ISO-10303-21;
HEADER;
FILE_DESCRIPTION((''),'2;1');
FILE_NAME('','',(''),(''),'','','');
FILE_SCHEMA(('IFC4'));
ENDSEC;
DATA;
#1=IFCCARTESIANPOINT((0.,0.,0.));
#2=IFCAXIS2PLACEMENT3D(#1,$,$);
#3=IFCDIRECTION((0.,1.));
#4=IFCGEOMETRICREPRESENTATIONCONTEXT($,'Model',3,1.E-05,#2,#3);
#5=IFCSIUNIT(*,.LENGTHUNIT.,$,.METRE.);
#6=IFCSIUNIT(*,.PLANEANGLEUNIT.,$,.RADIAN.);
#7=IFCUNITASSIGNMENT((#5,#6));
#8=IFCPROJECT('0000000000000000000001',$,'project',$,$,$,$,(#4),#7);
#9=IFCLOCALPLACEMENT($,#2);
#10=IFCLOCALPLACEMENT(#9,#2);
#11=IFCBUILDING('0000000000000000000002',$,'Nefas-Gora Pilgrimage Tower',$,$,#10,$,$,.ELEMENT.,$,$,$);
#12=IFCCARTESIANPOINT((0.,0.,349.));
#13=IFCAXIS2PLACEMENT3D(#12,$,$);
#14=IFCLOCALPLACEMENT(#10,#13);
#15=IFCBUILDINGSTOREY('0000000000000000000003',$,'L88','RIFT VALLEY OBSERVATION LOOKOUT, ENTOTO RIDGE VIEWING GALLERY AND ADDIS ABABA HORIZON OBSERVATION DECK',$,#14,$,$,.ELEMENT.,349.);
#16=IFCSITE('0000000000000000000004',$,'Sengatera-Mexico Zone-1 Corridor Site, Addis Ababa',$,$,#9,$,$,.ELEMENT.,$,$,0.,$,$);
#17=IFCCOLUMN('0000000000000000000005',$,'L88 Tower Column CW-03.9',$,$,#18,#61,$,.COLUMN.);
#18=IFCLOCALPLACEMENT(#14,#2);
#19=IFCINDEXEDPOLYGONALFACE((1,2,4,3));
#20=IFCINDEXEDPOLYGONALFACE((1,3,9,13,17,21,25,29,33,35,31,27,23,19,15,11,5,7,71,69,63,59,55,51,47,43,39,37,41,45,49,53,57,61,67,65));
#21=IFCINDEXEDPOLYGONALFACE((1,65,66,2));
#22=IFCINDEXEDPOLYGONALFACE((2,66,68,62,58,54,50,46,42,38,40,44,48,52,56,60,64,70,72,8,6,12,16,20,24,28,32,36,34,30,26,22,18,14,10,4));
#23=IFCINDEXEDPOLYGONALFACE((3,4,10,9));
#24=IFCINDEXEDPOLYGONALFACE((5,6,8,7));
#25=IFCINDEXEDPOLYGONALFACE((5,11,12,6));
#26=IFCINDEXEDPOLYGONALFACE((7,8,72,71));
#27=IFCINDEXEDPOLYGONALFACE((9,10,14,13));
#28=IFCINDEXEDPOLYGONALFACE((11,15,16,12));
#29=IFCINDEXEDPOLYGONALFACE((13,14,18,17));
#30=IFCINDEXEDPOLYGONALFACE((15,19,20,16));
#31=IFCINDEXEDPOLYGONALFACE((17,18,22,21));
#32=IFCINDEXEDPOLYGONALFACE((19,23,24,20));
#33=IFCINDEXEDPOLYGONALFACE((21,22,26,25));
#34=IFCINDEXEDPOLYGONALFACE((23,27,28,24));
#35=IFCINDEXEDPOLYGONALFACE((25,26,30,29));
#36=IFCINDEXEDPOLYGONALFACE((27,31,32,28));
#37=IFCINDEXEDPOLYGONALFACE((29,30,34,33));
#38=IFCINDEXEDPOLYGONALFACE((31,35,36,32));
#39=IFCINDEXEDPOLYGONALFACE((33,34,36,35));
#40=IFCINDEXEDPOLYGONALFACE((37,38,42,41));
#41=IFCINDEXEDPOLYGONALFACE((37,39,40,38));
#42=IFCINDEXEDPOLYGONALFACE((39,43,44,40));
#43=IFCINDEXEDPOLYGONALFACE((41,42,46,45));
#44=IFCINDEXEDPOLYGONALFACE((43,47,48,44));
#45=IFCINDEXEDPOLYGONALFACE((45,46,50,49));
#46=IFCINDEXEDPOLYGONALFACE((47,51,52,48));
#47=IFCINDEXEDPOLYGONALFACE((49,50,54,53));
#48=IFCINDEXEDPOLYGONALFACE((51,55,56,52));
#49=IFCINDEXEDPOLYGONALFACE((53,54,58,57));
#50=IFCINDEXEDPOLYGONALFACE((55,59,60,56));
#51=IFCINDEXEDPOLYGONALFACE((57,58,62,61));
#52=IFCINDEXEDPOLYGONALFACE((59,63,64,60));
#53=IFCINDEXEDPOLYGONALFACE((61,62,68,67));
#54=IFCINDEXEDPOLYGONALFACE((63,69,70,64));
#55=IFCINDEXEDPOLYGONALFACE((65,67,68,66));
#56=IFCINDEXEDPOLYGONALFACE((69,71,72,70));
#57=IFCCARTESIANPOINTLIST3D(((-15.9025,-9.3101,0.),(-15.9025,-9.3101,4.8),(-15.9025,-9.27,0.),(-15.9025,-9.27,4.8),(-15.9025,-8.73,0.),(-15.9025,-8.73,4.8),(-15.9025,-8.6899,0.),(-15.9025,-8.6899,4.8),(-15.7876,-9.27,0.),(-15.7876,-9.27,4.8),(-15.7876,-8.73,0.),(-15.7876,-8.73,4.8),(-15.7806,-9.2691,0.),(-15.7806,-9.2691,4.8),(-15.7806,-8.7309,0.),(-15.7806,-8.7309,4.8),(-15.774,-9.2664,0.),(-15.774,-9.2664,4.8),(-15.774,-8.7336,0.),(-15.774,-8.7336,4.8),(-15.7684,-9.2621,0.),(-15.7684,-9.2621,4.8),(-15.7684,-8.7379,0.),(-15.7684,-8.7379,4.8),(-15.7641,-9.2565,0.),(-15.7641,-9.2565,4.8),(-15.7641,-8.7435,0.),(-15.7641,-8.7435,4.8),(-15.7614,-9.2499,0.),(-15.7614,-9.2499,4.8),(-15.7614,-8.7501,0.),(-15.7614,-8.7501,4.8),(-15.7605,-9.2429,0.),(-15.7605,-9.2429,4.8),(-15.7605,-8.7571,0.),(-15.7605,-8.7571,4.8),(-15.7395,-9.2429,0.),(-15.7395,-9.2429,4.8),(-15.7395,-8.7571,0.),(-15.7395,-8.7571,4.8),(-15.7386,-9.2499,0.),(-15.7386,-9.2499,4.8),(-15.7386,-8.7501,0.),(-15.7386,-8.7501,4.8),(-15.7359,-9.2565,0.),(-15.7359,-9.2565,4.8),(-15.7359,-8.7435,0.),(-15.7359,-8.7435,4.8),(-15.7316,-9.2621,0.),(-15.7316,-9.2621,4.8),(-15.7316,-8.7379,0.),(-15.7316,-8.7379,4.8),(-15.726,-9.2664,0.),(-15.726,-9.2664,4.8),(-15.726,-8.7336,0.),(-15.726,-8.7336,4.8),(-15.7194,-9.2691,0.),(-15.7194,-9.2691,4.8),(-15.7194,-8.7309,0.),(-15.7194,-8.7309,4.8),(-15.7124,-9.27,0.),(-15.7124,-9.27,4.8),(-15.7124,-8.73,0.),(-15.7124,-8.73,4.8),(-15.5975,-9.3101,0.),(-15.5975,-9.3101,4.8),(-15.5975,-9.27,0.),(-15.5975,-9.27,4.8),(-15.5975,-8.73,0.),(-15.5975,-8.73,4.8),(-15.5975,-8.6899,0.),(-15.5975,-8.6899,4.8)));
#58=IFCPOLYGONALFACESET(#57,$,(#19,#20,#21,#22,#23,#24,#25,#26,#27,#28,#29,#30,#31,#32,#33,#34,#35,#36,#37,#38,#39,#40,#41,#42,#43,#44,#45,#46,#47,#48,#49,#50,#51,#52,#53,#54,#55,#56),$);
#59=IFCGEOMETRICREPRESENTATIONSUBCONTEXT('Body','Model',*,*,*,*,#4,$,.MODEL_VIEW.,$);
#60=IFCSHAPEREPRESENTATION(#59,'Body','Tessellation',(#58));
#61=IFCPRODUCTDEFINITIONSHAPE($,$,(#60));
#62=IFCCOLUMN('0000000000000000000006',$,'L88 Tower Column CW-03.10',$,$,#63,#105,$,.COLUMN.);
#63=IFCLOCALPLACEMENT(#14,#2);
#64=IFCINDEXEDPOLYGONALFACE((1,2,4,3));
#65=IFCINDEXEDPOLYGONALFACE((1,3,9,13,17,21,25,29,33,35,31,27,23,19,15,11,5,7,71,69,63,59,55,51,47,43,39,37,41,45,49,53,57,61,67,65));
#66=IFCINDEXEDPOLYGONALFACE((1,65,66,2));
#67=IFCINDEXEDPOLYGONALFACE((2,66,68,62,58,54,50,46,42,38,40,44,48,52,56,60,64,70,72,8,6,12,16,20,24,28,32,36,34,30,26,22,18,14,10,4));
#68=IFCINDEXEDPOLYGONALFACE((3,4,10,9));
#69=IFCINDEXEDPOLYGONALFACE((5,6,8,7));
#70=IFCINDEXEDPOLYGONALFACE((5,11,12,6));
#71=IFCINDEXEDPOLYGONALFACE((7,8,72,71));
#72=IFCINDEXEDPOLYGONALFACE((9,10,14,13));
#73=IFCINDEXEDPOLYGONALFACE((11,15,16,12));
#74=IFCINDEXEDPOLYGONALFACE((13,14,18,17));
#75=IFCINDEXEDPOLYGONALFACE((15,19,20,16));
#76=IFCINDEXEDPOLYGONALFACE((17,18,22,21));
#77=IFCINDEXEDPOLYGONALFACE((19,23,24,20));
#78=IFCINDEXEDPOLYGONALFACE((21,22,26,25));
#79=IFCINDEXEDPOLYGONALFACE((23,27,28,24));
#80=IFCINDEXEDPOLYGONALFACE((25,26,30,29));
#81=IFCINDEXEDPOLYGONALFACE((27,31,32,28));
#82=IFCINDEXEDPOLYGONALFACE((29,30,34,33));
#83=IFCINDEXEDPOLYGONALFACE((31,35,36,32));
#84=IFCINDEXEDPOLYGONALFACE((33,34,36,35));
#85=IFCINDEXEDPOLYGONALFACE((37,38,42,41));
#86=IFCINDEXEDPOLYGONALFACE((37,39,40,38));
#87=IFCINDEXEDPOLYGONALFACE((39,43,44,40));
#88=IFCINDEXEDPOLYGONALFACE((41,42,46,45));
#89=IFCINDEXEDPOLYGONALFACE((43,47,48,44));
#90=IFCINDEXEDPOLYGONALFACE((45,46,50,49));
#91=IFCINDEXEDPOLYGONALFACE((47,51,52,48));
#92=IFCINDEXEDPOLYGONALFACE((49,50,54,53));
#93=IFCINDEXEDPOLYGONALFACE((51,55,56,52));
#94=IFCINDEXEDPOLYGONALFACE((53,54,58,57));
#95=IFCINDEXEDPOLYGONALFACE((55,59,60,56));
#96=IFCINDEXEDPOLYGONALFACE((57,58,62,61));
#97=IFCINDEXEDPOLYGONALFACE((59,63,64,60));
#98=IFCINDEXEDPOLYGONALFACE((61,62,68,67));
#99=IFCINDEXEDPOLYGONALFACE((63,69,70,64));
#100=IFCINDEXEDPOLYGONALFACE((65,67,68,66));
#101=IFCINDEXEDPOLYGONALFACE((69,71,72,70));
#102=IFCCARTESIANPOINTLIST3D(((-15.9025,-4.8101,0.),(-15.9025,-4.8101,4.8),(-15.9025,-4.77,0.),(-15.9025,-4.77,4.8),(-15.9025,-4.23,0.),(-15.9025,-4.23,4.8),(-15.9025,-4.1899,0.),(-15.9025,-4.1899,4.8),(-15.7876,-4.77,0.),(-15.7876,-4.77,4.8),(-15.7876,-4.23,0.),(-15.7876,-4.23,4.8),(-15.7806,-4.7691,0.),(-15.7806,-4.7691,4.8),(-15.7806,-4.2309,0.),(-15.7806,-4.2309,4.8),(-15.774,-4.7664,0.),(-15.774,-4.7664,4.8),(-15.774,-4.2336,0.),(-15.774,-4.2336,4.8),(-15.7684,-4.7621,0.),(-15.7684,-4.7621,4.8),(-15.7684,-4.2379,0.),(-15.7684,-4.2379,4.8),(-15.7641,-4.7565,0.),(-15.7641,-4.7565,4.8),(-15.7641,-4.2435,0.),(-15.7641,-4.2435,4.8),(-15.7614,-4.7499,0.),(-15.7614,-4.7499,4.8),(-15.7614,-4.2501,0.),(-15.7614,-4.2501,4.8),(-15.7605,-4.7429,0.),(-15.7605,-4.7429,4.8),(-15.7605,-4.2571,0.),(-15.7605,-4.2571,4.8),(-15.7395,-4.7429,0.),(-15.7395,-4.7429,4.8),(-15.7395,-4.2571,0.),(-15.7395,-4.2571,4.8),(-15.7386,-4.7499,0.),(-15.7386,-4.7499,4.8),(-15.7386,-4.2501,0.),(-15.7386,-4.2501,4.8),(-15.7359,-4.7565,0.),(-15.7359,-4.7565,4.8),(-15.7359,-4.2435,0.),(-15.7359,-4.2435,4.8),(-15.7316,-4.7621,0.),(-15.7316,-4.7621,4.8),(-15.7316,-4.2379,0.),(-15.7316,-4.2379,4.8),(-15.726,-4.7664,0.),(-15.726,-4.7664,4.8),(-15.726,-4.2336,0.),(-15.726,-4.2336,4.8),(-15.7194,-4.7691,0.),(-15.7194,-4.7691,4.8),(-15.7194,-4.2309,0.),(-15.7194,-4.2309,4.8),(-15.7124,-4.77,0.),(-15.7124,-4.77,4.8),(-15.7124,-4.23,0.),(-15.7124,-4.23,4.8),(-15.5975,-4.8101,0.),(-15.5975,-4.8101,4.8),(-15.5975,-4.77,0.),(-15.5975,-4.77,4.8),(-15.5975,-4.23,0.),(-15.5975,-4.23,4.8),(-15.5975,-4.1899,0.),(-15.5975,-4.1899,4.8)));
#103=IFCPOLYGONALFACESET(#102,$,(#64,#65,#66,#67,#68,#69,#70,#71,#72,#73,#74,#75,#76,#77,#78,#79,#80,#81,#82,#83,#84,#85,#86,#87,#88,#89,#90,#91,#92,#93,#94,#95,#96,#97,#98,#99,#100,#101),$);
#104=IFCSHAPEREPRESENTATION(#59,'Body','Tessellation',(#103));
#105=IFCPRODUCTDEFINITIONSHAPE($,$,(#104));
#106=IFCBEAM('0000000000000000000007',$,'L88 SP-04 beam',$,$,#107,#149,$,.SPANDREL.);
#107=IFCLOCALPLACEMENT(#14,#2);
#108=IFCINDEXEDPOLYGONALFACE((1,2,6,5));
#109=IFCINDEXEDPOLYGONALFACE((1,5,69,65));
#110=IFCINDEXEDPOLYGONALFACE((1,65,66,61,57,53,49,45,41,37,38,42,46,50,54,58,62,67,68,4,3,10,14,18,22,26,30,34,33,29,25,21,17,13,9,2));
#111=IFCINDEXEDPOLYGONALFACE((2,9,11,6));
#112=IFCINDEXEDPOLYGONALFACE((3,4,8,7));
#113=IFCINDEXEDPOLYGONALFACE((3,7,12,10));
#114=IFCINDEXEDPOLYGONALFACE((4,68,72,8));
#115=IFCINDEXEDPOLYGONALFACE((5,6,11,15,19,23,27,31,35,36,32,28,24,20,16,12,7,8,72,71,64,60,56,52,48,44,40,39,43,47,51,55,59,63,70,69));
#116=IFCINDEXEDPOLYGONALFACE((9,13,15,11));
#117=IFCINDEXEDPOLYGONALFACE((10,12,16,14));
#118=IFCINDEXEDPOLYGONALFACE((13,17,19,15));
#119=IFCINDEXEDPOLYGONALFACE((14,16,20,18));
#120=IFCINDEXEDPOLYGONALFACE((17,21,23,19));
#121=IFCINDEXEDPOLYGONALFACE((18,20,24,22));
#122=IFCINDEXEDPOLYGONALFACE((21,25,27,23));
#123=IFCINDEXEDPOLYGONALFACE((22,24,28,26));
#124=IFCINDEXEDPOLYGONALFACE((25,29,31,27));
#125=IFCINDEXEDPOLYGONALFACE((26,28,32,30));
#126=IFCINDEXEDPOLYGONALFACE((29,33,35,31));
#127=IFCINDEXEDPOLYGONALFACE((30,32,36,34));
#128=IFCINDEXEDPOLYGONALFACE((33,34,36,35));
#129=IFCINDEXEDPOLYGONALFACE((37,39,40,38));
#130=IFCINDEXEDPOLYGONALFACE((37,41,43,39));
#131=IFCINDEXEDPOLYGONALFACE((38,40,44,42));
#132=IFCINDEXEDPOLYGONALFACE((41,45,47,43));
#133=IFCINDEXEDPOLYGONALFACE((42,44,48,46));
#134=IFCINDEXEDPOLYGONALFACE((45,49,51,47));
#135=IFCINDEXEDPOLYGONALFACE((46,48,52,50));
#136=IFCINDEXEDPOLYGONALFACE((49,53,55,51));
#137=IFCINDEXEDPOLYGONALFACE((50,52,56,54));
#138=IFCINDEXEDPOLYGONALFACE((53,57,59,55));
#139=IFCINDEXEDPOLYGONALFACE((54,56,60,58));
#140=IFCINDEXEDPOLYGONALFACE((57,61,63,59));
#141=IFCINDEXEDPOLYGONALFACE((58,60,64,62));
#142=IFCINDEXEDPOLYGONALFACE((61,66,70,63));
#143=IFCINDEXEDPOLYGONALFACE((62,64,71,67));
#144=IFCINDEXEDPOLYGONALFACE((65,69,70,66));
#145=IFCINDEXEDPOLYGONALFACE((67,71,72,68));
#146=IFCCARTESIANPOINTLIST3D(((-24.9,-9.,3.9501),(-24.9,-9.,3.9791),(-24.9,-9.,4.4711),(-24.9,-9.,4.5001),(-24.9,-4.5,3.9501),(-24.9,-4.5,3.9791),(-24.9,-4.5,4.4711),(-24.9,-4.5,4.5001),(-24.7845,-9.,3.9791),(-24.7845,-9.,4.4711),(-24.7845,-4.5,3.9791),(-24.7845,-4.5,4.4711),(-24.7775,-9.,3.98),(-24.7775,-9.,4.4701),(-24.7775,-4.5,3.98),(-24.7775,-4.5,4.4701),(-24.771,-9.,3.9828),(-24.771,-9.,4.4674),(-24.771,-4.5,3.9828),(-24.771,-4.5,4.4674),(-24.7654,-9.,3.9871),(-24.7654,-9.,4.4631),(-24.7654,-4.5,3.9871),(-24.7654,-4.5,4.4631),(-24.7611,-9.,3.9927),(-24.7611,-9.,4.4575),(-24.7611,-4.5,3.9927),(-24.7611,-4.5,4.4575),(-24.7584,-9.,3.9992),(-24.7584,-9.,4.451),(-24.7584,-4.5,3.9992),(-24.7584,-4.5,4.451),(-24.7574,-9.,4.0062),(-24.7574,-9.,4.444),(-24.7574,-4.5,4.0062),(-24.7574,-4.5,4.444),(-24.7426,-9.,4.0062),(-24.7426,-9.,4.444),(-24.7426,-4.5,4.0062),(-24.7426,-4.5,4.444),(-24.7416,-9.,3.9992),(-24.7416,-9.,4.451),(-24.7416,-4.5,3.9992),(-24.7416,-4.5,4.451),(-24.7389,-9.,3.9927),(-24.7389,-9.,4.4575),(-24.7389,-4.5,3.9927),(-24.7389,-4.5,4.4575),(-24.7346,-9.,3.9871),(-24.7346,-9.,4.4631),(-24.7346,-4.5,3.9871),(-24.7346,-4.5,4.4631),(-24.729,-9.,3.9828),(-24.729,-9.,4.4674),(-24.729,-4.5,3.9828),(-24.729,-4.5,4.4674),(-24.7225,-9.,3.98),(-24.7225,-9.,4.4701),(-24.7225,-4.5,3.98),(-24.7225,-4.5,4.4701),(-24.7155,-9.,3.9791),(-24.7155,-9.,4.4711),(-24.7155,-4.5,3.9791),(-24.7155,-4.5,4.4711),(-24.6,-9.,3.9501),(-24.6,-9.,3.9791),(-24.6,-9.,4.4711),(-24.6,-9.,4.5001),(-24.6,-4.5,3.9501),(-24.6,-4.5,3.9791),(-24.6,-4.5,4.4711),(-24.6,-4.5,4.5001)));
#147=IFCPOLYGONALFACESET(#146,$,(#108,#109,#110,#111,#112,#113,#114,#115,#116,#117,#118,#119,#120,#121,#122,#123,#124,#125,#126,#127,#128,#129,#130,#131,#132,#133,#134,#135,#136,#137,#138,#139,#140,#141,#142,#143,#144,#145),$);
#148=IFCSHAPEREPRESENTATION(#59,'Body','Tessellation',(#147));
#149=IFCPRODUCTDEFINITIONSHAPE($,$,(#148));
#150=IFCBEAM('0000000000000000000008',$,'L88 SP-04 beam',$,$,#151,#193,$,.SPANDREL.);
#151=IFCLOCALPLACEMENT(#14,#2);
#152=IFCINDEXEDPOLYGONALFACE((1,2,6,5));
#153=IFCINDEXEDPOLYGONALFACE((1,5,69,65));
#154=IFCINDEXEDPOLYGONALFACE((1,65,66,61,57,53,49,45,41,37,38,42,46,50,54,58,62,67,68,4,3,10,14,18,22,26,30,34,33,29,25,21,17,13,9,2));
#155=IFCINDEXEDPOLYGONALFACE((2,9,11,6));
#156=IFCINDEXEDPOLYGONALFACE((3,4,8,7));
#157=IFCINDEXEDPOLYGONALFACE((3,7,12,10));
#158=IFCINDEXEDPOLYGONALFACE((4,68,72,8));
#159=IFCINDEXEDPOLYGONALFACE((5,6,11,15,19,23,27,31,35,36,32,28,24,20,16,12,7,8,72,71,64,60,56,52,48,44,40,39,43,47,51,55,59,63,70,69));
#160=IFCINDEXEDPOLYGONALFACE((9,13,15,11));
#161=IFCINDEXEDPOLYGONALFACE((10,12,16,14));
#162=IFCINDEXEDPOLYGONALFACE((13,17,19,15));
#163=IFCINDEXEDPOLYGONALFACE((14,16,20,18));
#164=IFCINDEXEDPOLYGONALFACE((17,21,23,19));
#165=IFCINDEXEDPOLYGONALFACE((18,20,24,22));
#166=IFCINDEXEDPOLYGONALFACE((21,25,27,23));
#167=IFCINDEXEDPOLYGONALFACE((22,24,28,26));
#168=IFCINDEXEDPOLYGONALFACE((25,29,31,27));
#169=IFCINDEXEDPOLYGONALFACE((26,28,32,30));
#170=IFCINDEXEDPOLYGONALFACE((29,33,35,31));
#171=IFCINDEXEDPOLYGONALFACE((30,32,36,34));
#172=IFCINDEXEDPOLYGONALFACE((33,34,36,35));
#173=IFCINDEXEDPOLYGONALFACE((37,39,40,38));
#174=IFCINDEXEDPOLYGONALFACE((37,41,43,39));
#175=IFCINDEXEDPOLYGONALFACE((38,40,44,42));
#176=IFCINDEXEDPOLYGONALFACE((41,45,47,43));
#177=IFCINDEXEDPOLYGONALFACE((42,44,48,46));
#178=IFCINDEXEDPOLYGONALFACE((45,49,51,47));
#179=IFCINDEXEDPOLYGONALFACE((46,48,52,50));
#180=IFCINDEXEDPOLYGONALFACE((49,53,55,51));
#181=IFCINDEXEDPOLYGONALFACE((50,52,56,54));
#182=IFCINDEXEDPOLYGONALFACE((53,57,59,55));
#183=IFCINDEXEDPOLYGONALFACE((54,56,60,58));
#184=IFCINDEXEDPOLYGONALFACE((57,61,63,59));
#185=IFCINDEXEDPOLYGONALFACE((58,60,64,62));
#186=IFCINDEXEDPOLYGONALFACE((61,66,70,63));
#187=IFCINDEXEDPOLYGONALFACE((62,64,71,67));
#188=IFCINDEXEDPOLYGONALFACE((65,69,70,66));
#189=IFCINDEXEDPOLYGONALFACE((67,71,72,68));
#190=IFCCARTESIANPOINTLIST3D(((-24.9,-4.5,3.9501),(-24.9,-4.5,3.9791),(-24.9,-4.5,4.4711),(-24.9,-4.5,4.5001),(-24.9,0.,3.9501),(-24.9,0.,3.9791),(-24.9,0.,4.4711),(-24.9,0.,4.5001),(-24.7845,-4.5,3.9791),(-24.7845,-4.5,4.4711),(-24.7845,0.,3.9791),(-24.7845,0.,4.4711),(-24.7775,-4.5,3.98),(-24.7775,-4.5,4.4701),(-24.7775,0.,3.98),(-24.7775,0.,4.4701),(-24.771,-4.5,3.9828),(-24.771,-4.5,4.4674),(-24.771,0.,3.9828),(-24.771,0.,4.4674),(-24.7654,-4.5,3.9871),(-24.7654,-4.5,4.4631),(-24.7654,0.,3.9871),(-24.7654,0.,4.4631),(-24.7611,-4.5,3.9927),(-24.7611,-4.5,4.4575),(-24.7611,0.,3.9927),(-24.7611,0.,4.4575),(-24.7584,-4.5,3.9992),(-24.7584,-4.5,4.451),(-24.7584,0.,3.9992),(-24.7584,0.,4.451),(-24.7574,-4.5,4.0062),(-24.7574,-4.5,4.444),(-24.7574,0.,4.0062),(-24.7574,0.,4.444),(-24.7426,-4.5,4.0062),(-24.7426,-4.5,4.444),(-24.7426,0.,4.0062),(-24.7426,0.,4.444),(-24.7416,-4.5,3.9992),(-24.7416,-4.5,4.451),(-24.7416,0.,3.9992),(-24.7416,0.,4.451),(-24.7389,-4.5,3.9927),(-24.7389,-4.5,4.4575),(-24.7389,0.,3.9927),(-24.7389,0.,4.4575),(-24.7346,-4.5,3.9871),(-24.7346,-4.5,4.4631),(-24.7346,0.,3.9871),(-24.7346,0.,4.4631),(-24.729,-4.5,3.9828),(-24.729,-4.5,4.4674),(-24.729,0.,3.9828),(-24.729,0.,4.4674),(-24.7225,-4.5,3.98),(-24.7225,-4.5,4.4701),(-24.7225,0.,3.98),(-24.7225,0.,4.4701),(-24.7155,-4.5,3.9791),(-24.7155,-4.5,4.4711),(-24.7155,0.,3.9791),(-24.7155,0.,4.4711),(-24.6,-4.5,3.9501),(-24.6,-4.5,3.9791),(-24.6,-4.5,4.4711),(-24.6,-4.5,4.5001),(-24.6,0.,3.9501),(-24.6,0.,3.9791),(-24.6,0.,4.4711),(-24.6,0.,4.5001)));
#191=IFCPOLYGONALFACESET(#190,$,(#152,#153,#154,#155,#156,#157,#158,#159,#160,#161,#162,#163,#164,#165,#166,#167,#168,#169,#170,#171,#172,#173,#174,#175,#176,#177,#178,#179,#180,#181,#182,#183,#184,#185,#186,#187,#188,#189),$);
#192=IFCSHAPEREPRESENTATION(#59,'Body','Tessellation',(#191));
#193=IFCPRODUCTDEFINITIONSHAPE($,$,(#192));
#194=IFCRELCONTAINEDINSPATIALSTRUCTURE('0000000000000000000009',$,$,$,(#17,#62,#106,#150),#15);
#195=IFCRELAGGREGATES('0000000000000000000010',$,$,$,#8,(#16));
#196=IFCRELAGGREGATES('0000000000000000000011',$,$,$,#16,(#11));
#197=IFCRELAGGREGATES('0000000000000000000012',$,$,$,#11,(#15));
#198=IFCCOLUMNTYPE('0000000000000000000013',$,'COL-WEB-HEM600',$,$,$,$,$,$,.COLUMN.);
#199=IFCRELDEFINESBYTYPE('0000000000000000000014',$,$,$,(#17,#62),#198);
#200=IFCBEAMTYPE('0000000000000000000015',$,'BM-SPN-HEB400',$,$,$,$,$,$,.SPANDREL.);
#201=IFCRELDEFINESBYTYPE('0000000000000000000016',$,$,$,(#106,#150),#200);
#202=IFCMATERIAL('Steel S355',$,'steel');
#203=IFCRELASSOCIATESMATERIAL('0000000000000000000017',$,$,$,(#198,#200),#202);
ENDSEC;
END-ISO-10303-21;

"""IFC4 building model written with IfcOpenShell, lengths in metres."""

from ifc_helpers import new_model, si_unit, direction, frame, origin, origin_2d, place, context, subcontext, project, spatial, i_section, extrude, source, transform, mapped, material, material_profile, profile_set, type_object, element, save


model = new_model("IFC4")

# Units and contexts
model_context = context("Model", 3, precision=1e-05, world=origin(), true_north=direction((0.0, 1.0)))
body_context = subcontext(model_context, "Body", "Model", "MODEL_VIEW")
ifc_project = project(units=[si_unit("LENGTHUNIT", "METRE"), si_unit("PLANEANGLEUNIT", "RADIAN")], contexts=[model_context])

# Site, building, storey
site_placement = place(None, origin())
site = spatial("IfcSite", under=ifc_project, at=site_placement, Name="Sengatera-Mexico Zone-1 Corridor Site, Addis Ababa", CompositionType="ELEMENT", RefElevation=0.0)
building_placement = place(site_placement, origin())
building = spatial("IfcBuilding", under=site, at=building_placement, Name="Nefas-Gora Pilgrimage Tower", CompositionType="ELEMENT")
storey_placement = place(building_placement, frame((0.0, 0.0, 349.0)))
storey = spatial("IfcBuildingStorey", under=building, at=storey_placement, Name="L88", Description="RIFT VALLEY OBSERVATION LOOKOUT, ENTOTO RIDGE VIEWING GALLERY AND ADDIS ABABA HORIZON OBSERVATION DECK", CompositionType="ELEMENT", Elevation=349.0)

# Columns
ifc_material_1 = material(Name="Steel S355", Category="steel")
ifc_material_profile_1 = material_profile(ifc_material_1, i_section(OverallWidth=0.3049, OverallDepth=0.6201, WebThickness=0.021, FlangeThickness=0.04, FilletRadius=0.0271, at=origin_2d()), Name="HEM 600")
ifc_profile_set_1 = profile_set([ifc_material_profile_1], Name="Steel S355")
column_type_1 = type_object("IfcColumnType", Name="COL-WEB-HEM600", PredefinedType="COLUMN", material=ifc_profile_set_1)
shared_shape_1 = source(origin(), body_context, "Body", "SweptSolid", [
    extrude(i_section(OverallWidth=0.3049, OverallDepth=0.6201, WebThickness=0.021, FlangeThickness=0.04, FilletRadius=0.0271, at=origin_2d()), origin(), (0.0, 0.0, 1.0), 4.8),
])
for number, where, z_axis, x_axis, name in (
    (1, (-15.75, -9.0, 0.0), (0.0, 0.0, 1.0), (1.0, 0.0, 0.0), "L88 Tower Column CW-03.9"),
    (2, (-15.75, -4.5, 0.0), (0.0, 0.0, 1.0), (1.0, 0.0, 0.0), "L88 Tower Column CW-03.10"),
):
    element("IfcColumn", number, at=place(storey_placement, frame(where, z_axis=z_axis, x_axis=x_axis)), inside=storey, type_object=column_type_1, Name=name, PredefinedType="COLUMN", context=body_context, shape_type="MappedRepresentation", body=[
        mapped(shared_shape_1, transform((0.0, 0.0, 0.0), x_axis=(1.0, 0.0, 0.0), y_axis=(0.0, 1.0, 0.0), z_axis=(0.0, 0.0, 1.0), scale=1.0)),
    ])

# Beams
ifc_material_profile_2 = material_profile(ifc_material_1, i_section(OverallWidth=0.3, OverallDepth=0.55, WebThickness=0.0149, FlangeThickness=0.0291, FilletRadius=0.0271, at=origin_2d()), Name="HEB 550")
ifc_profile_set_2 = profile_set([ifc_material_profile_2], Name="Steel S355")
beam_type_1 = type_object("IfcBeamType", Name="BM-SPN-HEB400", PredefinedType="SPANDREL", material=ifc_profile_set_2)
shared_shape_2 = source(origin(), body_context, "Body", "SweptSolid", [
    extrude(i_section(OverallWidth=0.3, OverallDepth=0.55, WebThickness=0.0149, FlangeThickness=0.0291, FilletRadius=0.0271, at=origin_2d()), origin(), (0.0, 0.0, 1.0), 4.5),
])
for number, where, z_axis, x_axis, name in (
    (3, (-24.75, -9.0, 4.2251), (0.0, 1.0, 0.0), (-1.0, 0.0, 0.0), "L88 SP-04 beam"),
    (4, (-24.75, -4.5, 4.2251), (0.0, 1.0, 0.0), (-1.0, 0.0, 0.0), "L88 SP-04 beam"),
):
    element("IfcBeam", number, at=place(storey_placement, frame(where, z_axis=z_axis, x_axis=x_axis)), inside=storey, type_object=beam_type_1, Name=name, PredefinedType="SPANDREL", context=body_context, shape_type="MappedRepresentation", body=[
        mapped(shared_shape_2, transform((0.0, 0.0, 0.0), x_axis=(1.0, 0.0, 0.0), y_axis=(0.0, 1.0, 0.0), z_axis=(0.0, 0.0, 1.0), scale=1.0)),
    ])

save(model, "model.ifc")
